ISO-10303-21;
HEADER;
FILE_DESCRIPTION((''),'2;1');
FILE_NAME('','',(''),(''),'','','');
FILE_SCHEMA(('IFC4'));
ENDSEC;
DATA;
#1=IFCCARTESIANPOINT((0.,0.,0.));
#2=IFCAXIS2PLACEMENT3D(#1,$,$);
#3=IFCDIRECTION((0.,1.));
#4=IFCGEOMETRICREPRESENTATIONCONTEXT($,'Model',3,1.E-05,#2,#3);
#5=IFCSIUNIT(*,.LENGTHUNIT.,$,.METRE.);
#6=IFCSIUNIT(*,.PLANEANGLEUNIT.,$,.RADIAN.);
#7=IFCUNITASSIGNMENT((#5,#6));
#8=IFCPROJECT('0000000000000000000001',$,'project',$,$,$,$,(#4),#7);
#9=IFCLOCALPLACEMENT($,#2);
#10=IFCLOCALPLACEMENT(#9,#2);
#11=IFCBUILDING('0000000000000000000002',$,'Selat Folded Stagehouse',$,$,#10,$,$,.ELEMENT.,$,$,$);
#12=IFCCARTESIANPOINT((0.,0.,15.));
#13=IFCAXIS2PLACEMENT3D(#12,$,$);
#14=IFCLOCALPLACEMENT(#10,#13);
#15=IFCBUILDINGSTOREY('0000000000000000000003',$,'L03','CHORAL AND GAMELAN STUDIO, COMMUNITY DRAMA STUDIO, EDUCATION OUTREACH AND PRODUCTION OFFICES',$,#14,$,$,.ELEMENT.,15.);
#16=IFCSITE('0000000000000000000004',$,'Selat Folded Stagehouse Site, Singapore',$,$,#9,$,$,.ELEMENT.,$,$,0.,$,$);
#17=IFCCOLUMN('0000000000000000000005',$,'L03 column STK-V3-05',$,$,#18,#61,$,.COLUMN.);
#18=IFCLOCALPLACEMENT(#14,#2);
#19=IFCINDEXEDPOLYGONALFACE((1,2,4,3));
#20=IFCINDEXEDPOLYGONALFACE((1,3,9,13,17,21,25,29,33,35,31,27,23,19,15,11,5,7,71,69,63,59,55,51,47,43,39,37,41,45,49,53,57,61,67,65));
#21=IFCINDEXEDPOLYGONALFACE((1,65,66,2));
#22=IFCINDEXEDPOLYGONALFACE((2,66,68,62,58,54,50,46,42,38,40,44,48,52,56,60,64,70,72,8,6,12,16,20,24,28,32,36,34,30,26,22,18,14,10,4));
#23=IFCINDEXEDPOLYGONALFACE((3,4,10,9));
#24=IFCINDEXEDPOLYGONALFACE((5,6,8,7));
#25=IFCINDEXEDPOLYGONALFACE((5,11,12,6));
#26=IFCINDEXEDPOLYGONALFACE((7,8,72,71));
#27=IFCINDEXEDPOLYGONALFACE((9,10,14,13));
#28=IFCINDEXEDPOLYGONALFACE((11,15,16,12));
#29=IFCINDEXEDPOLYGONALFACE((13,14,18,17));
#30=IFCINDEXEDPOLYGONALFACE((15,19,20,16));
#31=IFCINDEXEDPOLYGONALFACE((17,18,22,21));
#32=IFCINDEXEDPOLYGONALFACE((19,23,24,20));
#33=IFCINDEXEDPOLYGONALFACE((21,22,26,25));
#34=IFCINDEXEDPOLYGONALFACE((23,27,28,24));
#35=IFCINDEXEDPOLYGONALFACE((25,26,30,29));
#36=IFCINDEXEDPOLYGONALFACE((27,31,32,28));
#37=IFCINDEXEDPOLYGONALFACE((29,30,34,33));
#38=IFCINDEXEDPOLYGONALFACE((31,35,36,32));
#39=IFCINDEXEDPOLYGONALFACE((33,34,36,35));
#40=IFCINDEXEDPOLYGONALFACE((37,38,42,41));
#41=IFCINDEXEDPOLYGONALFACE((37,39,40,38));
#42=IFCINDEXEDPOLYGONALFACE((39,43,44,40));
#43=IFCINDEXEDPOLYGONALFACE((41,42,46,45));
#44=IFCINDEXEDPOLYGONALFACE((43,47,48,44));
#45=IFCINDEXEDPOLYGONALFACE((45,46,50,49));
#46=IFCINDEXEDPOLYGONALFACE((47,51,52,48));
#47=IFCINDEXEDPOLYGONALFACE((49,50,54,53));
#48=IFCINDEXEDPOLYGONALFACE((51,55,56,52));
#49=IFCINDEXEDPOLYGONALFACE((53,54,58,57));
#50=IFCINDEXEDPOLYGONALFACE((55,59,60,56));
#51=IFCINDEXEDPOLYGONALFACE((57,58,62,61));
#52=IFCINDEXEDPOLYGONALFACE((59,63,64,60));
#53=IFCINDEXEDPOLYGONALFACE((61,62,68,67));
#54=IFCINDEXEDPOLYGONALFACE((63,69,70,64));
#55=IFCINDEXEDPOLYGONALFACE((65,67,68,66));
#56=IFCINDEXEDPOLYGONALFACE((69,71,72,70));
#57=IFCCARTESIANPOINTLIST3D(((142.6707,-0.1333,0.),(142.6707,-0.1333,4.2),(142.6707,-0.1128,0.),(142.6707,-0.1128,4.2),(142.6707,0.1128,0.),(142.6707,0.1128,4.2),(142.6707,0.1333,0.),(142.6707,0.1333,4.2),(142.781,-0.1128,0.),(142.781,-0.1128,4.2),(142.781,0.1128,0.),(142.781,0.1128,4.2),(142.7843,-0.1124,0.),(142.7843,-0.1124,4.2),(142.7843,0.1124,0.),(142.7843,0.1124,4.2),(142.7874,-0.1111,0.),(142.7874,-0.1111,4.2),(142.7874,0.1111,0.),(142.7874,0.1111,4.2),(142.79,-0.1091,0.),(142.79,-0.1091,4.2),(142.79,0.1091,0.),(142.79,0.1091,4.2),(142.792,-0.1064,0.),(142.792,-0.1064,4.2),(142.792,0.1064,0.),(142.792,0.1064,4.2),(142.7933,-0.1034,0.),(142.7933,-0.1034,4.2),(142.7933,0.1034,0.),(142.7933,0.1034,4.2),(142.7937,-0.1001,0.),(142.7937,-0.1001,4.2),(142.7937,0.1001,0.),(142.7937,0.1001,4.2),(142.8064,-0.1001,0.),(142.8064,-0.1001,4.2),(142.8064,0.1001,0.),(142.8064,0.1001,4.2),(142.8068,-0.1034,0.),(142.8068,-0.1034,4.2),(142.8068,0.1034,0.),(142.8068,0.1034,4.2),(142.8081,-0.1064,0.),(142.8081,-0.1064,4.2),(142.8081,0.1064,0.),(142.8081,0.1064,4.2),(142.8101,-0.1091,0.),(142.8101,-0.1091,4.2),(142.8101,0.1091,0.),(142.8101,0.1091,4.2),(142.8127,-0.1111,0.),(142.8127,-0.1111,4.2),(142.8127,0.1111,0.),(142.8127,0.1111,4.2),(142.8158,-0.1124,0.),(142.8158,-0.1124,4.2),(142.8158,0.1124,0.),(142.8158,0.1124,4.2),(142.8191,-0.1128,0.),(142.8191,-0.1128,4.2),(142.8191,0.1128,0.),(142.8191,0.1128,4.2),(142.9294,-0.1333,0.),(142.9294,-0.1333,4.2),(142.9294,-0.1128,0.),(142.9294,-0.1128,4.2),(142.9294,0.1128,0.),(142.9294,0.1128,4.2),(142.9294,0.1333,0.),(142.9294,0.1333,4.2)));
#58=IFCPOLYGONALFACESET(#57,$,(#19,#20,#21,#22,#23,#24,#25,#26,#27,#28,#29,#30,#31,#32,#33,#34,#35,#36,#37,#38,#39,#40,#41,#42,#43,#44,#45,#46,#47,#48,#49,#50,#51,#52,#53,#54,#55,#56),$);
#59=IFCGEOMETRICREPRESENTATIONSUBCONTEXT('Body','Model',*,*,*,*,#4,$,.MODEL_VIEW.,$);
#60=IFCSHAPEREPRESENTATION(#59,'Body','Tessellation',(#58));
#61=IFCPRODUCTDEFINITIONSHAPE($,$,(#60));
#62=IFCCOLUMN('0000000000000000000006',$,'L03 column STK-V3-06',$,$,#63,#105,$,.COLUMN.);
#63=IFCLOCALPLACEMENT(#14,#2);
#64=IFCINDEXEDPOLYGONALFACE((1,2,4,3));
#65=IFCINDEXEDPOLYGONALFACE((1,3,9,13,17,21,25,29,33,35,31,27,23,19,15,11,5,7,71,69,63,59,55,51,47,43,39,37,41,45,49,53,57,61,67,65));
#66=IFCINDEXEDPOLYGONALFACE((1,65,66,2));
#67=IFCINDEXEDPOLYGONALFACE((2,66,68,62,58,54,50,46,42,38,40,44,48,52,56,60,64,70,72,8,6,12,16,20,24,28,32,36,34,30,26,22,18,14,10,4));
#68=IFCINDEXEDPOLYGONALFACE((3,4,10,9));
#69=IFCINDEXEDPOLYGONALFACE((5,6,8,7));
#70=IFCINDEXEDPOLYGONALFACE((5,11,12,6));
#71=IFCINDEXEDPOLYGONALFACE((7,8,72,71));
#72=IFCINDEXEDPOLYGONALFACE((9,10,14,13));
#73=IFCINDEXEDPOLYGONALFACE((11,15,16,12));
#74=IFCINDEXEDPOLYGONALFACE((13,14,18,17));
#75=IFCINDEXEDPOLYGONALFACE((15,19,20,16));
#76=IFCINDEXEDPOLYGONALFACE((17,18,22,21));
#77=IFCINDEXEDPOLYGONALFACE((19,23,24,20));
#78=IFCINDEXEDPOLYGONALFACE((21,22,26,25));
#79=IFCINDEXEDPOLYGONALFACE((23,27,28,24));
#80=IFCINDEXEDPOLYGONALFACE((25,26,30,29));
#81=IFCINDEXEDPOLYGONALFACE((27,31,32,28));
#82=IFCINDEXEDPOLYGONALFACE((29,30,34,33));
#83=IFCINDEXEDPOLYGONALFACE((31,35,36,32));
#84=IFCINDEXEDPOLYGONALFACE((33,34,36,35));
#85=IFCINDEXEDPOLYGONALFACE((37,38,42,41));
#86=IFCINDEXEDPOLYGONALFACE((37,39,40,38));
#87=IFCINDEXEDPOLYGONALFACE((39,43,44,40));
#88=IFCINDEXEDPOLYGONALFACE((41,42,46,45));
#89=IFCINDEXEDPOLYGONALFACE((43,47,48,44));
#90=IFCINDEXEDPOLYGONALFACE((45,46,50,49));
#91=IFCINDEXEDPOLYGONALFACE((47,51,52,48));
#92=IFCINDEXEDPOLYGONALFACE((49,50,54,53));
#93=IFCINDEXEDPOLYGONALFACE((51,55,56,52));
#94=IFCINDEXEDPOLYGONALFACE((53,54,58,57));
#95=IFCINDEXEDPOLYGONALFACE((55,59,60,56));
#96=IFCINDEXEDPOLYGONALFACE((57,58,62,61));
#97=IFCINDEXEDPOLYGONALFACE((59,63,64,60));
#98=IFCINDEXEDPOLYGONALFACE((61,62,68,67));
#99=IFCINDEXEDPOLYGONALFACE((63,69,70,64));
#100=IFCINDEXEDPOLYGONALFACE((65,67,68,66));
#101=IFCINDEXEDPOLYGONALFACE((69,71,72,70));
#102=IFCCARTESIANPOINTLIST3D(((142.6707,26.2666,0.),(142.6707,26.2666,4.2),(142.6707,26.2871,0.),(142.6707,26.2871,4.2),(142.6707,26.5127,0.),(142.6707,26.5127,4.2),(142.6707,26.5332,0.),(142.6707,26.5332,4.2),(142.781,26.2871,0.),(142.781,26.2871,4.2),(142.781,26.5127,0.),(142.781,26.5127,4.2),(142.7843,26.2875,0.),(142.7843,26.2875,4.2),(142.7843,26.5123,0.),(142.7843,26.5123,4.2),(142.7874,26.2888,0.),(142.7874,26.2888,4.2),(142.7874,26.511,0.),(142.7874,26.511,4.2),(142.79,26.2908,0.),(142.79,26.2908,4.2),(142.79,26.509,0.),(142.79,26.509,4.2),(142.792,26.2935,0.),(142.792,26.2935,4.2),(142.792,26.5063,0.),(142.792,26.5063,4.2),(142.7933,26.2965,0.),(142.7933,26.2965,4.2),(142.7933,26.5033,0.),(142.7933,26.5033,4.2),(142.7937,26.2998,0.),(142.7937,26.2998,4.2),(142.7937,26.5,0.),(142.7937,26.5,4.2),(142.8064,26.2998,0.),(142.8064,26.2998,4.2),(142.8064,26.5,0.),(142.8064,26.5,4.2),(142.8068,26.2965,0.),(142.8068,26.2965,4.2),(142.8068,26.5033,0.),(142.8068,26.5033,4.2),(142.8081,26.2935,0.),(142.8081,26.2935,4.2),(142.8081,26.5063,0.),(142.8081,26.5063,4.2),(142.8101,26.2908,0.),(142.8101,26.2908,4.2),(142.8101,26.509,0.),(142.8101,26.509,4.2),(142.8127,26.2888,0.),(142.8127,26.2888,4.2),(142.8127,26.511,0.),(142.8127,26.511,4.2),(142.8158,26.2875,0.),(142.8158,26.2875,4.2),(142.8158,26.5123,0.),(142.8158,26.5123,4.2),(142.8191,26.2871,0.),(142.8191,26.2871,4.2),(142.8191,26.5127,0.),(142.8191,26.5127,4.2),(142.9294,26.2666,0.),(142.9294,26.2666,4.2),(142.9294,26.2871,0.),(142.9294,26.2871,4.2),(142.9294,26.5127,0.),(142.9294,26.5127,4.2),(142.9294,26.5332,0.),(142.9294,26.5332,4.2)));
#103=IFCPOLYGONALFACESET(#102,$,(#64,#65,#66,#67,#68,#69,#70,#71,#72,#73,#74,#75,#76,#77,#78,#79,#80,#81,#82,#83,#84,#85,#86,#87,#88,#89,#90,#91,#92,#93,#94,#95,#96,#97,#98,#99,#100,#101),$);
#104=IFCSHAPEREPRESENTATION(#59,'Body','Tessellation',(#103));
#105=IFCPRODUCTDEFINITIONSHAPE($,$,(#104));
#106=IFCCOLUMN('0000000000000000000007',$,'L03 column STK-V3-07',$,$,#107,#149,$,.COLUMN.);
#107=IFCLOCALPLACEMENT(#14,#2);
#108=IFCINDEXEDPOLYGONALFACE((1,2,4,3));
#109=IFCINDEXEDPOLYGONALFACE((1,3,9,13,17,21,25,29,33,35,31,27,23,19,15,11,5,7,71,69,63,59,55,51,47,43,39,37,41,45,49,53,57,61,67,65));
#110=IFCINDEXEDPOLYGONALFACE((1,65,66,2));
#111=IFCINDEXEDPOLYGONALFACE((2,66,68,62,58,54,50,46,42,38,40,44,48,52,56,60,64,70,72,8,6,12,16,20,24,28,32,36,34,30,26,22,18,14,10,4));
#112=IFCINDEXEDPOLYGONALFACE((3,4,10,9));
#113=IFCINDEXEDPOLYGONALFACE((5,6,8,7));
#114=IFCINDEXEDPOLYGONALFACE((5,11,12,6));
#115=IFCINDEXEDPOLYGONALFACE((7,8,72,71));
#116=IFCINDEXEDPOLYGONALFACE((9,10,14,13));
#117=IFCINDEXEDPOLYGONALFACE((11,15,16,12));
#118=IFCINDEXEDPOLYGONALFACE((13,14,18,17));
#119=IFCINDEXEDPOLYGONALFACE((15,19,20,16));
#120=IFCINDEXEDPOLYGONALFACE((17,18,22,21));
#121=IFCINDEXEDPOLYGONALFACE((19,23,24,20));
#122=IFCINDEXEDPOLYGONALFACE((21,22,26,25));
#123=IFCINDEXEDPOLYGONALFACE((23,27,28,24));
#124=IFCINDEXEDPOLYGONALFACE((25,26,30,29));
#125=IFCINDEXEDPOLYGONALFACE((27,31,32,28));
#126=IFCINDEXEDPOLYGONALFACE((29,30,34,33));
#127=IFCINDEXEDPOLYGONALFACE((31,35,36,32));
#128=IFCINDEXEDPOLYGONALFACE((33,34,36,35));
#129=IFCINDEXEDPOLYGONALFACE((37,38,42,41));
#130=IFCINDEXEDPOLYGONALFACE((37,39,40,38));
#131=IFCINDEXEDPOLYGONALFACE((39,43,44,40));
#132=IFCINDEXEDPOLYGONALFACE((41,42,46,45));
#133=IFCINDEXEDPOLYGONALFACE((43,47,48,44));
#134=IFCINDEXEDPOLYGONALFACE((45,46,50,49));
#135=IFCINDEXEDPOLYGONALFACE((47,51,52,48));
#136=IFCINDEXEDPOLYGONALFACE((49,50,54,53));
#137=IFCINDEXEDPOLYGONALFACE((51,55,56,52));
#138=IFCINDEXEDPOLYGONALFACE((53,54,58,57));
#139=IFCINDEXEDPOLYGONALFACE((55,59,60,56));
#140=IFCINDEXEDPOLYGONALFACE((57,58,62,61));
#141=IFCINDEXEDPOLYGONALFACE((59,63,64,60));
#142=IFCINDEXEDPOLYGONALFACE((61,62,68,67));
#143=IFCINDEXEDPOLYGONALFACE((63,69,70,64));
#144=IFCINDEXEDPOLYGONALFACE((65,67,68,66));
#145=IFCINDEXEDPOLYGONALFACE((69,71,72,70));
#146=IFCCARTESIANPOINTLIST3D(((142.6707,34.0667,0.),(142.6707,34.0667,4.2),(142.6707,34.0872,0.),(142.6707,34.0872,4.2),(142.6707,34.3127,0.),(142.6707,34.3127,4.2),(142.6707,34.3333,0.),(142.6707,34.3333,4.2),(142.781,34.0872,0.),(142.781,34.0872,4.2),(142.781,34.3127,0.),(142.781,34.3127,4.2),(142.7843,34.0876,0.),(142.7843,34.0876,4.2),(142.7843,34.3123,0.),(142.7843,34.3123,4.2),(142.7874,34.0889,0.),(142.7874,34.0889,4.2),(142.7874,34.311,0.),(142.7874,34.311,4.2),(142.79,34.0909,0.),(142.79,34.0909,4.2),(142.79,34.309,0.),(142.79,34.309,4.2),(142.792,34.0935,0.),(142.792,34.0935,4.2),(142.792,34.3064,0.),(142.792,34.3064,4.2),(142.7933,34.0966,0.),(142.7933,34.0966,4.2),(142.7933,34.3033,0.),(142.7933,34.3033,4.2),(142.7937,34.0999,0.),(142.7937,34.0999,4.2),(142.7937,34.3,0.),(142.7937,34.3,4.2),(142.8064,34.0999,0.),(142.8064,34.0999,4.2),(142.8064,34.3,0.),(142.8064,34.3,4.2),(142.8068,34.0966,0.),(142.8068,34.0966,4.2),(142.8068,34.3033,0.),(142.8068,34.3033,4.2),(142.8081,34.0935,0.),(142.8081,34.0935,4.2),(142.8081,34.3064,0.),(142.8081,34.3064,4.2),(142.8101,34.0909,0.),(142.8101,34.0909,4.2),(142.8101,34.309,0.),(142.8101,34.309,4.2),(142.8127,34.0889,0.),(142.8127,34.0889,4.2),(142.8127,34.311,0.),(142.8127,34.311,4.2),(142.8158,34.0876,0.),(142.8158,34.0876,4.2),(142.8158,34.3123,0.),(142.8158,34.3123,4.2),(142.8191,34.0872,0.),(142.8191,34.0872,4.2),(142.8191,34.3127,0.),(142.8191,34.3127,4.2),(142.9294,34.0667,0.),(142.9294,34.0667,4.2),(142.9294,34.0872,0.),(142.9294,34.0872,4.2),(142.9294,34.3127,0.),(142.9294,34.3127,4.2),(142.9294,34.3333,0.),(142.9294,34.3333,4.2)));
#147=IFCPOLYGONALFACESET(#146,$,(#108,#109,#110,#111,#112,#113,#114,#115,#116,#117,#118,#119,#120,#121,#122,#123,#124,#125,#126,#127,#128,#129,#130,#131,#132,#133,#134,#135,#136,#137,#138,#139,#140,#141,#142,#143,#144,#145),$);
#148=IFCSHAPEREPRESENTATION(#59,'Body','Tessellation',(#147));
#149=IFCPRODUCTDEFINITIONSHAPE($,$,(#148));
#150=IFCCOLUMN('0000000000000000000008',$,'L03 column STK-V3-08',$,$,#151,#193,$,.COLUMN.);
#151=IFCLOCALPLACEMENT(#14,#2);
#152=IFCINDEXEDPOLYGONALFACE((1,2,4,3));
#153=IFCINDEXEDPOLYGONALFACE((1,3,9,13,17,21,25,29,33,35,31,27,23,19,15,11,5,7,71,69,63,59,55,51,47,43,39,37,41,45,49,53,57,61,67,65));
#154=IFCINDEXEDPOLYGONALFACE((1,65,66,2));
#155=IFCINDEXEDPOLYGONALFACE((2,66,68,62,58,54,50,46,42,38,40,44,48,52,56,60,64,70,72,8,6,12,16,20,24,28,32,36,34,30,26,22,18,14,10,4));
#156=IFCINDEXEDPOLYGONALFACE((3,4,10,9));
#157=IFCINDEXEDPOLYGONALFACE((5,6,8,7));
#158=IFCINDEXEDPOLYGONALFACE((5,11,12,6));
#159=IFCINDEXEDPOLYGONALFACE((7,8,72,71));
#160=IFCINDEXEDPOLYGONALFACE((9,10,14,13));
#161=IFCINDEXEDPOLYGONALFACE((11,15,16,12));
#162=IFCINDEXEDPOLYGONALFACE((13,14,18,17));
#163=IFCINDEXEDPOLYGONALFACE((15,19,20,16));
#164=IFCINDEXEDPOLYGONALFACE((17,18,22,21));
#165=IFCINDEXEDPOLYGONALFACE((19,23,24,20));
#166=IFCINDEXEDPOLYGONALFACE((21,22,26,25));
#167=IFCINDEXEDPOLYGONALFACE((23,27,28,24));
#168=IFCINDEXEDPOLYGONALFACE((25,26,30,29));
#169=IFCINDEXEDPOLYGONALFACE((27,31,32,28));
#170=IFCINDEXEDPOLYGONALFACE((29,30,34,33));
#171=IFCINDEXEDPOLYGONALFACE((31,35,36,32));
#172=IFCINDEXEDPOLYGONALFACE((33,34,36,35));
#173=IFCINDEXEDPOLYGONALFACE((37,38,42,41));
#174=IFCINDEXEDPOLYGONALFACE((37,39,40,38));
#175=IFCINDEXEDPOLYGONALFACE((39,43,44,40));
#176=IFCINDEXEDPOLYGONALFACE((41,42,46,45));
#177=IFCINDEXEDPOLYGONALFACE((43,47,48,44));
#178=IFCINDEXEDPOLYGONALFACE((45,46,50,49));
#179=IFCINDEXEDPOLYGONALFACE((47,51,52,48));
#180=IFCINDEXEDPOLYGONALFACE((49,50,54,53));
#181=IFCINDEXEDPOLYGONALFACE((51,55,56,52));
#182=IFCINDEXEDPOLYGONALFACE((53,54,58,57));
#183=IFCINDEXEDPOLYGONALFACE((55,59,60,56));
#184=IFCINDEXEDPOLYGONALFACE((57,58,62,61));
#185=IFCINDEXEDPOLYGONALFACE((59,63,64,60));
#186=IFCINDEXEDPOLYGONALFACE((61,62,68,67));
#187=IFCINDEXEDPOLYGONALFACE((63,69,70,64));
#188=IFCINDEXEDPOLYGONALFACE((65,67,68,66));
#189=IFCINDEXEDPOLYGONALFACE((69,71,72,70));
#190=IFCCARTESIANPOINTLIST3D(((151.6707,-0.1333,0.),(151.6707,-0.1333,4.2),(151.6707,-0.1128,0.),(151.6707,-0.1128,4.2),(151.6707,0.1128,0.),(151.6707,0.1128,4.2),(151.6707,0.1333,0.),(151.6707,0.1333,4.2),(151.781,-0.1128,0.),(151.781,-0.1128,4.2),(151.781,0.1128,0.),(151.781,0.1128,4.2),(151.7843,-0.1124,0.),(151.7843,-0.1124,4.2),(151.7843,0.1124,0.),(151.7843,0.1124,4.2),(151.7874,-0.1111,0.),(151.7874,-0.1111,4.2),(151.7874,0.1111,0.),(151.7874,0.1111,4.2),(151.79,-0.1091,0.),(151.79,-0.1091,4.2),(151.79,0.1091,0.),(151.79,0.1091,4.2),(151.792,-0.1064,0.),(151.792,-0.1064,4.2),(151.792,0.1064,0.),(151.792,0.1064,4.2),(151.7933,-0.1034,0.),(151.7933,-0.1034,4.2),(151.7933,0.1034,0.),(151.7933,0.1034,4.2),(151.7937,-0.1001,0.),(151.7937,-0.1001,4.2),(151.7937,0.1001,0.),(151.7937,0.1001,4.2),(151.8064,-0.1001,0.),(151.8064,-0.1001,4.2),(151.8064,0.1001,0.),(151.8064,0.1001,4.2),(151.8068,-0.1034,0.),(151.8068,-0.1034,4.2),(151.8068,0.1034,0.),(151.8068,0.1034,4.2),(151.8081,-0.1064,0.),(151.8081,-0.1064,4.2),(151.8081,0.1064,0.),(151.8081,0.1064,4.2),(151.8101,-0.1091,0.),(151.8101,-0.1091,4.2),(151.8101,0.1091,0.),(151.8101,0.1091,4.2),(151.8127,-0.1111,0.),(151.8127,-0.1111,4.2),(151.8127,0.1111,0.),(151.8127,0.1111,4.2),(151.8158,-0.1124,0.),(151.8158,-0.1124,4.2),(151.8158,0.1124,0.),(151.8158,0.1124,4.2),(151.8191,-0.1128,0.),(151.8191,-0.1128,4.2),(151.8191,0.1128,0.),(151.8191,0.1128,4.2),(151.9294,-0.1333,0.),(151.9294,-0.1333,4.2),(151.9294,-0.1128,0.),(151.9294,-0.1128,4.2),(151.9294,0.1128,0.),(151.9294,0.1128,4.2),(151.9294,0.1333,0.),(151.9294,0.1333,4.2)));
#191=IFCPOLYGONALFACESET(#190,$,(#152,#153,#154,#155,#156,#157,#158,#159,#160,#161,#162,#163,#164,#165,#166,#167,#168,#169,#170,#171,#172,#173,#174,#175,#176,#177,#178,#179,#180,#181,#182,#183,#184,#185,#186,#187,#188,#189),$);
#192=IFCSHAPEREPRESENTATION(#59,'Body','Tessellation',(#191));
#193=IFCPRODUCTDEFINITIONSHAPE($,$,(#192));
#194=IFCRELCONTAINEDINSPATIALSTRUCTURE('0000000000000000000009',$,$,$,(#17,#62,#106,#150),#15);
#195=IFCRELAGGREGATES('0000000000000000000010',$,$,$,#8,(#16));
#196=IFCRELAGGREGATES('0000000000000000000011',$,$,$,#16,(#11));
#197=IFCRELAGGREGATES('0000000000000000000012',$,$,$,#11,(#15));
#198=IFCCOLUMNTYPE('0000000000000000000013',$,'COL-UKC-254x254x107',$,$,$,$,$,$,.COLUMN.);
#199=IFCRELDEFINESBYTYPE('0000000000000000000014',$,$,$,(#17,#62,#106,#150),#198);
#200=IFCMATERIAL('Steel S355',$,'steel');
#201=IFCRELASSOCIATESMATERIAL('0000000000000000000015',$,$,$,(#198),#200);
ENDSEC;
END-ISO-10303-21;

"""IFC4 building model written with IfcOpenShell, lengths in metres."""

from ifc_helpers import new_model, si_unit, direction, frame, origin, origin_2d, place, context, subcontext, project, spatial, i_section, extrude, material, material_profile, profile_set, type_object, element, save


model = new_model("IFC4")

# Units and contexts
model_context = context("Model", 3, precision=1e-05, world=origin(), true_north=direction((0.0, 1.0)))
body_context = subcontext(model_context, "Body", "Model", "MODEL_VIEW")
ifc_project = project(units=[si_unit("LENGTHUNIT", "METRE"), si_unit("PLANEANGLEUNIT", "RADIAN")], contexts=[model_context])

# Site, building, storey
site_placement = place(None, origin())
site = spatial("IfcSite", under=ifc_project, at=site_placement, Name="Selat Folded Stagehouse Site, Singapore", CompositionType="ELEMENT", RefElevation=0.0)
building_placement = place(site_placement, origin())
building = spatial("IfcBuilding", under=site, at=building_placement, Name="Selat Folded Stagehouse", CompositionType="ELEMENT")
storey_placement = place(building_placement, frame((0.0, 0.0, 15.0)))
storey = spatial("IfcBuildingStorey", under=building, at=storey_placement, Name="L03", Description="CHORAL AND GAMELAN STUDIO, COMMUNITY DRAMA STUDIO, EDUCATION OUTREACH AND PRODUCTION OFFICES", CompositionType="ELEMENT", Elevation=15.0)

# Columns
ifc_material_1 = material(Name="Steel S355", Category="steel")
ifc_material_profile = material_profile(ifc_material_1, i_section(OverallWidth=0.2588, OverallDepth=0.2666, WebThickness=0.0127, FlangeThickness=0.0205, FilletRadius=0.0127, at=origin_2d()), Name="UKC 254x254x107")
ifc_profile_set = profile_set([ifc_material_profile], Name="Steel S355")
column_type = type_object("IfcColumnType", Name="COL-UKC-254x254x107", PredefinedType="COLUMN", material=ifc_profile_set)
for number, where, z_axis, x_axis, name in (
    (1, (142.8, 0.0, 0.0), (0.0, 0.0, 1.0), (1.0, 0.0, 0.0), "L03 column STK-V3-05"),
    (2, (142.8, 26.3999, 0.0), (0.0, 0.0, 1.0), (1.0, 0.0, 0.0), "L03 column STK-V3-06"),
    (3, (142.8, 34.2, 0.0), (0.0, 0.0, 1.0), (1.0, 0.0, 0.0), "L03 column STK-V3-07"),
    (4, (151.8, 0.0, 0.0), (0.0, 0.0, 1.0), (1.0, 0.0, 0.0), "L03 column STK-V3-08"),
):
    element("IfcColumn", number, at=place(storey_placement, frame(where, z_axis=z_axis, x_axis=x_axis)), inside=storey, type_object=column_type, Name=name, PredefinedType="COLUMN", context=body_context, shape_type="SweptSolid", body=[
        extrude(i_section(OverallWidth=0.2588, OverallDepth=0.2666, WebThickness=0.0127, FlangeThickness=0.0205, FilletRadius=0.0127, at=origin_2d()), origin(), (0.0, 0.0, 1.0), 4.2),
    ])

save(model, "model.ifc")
